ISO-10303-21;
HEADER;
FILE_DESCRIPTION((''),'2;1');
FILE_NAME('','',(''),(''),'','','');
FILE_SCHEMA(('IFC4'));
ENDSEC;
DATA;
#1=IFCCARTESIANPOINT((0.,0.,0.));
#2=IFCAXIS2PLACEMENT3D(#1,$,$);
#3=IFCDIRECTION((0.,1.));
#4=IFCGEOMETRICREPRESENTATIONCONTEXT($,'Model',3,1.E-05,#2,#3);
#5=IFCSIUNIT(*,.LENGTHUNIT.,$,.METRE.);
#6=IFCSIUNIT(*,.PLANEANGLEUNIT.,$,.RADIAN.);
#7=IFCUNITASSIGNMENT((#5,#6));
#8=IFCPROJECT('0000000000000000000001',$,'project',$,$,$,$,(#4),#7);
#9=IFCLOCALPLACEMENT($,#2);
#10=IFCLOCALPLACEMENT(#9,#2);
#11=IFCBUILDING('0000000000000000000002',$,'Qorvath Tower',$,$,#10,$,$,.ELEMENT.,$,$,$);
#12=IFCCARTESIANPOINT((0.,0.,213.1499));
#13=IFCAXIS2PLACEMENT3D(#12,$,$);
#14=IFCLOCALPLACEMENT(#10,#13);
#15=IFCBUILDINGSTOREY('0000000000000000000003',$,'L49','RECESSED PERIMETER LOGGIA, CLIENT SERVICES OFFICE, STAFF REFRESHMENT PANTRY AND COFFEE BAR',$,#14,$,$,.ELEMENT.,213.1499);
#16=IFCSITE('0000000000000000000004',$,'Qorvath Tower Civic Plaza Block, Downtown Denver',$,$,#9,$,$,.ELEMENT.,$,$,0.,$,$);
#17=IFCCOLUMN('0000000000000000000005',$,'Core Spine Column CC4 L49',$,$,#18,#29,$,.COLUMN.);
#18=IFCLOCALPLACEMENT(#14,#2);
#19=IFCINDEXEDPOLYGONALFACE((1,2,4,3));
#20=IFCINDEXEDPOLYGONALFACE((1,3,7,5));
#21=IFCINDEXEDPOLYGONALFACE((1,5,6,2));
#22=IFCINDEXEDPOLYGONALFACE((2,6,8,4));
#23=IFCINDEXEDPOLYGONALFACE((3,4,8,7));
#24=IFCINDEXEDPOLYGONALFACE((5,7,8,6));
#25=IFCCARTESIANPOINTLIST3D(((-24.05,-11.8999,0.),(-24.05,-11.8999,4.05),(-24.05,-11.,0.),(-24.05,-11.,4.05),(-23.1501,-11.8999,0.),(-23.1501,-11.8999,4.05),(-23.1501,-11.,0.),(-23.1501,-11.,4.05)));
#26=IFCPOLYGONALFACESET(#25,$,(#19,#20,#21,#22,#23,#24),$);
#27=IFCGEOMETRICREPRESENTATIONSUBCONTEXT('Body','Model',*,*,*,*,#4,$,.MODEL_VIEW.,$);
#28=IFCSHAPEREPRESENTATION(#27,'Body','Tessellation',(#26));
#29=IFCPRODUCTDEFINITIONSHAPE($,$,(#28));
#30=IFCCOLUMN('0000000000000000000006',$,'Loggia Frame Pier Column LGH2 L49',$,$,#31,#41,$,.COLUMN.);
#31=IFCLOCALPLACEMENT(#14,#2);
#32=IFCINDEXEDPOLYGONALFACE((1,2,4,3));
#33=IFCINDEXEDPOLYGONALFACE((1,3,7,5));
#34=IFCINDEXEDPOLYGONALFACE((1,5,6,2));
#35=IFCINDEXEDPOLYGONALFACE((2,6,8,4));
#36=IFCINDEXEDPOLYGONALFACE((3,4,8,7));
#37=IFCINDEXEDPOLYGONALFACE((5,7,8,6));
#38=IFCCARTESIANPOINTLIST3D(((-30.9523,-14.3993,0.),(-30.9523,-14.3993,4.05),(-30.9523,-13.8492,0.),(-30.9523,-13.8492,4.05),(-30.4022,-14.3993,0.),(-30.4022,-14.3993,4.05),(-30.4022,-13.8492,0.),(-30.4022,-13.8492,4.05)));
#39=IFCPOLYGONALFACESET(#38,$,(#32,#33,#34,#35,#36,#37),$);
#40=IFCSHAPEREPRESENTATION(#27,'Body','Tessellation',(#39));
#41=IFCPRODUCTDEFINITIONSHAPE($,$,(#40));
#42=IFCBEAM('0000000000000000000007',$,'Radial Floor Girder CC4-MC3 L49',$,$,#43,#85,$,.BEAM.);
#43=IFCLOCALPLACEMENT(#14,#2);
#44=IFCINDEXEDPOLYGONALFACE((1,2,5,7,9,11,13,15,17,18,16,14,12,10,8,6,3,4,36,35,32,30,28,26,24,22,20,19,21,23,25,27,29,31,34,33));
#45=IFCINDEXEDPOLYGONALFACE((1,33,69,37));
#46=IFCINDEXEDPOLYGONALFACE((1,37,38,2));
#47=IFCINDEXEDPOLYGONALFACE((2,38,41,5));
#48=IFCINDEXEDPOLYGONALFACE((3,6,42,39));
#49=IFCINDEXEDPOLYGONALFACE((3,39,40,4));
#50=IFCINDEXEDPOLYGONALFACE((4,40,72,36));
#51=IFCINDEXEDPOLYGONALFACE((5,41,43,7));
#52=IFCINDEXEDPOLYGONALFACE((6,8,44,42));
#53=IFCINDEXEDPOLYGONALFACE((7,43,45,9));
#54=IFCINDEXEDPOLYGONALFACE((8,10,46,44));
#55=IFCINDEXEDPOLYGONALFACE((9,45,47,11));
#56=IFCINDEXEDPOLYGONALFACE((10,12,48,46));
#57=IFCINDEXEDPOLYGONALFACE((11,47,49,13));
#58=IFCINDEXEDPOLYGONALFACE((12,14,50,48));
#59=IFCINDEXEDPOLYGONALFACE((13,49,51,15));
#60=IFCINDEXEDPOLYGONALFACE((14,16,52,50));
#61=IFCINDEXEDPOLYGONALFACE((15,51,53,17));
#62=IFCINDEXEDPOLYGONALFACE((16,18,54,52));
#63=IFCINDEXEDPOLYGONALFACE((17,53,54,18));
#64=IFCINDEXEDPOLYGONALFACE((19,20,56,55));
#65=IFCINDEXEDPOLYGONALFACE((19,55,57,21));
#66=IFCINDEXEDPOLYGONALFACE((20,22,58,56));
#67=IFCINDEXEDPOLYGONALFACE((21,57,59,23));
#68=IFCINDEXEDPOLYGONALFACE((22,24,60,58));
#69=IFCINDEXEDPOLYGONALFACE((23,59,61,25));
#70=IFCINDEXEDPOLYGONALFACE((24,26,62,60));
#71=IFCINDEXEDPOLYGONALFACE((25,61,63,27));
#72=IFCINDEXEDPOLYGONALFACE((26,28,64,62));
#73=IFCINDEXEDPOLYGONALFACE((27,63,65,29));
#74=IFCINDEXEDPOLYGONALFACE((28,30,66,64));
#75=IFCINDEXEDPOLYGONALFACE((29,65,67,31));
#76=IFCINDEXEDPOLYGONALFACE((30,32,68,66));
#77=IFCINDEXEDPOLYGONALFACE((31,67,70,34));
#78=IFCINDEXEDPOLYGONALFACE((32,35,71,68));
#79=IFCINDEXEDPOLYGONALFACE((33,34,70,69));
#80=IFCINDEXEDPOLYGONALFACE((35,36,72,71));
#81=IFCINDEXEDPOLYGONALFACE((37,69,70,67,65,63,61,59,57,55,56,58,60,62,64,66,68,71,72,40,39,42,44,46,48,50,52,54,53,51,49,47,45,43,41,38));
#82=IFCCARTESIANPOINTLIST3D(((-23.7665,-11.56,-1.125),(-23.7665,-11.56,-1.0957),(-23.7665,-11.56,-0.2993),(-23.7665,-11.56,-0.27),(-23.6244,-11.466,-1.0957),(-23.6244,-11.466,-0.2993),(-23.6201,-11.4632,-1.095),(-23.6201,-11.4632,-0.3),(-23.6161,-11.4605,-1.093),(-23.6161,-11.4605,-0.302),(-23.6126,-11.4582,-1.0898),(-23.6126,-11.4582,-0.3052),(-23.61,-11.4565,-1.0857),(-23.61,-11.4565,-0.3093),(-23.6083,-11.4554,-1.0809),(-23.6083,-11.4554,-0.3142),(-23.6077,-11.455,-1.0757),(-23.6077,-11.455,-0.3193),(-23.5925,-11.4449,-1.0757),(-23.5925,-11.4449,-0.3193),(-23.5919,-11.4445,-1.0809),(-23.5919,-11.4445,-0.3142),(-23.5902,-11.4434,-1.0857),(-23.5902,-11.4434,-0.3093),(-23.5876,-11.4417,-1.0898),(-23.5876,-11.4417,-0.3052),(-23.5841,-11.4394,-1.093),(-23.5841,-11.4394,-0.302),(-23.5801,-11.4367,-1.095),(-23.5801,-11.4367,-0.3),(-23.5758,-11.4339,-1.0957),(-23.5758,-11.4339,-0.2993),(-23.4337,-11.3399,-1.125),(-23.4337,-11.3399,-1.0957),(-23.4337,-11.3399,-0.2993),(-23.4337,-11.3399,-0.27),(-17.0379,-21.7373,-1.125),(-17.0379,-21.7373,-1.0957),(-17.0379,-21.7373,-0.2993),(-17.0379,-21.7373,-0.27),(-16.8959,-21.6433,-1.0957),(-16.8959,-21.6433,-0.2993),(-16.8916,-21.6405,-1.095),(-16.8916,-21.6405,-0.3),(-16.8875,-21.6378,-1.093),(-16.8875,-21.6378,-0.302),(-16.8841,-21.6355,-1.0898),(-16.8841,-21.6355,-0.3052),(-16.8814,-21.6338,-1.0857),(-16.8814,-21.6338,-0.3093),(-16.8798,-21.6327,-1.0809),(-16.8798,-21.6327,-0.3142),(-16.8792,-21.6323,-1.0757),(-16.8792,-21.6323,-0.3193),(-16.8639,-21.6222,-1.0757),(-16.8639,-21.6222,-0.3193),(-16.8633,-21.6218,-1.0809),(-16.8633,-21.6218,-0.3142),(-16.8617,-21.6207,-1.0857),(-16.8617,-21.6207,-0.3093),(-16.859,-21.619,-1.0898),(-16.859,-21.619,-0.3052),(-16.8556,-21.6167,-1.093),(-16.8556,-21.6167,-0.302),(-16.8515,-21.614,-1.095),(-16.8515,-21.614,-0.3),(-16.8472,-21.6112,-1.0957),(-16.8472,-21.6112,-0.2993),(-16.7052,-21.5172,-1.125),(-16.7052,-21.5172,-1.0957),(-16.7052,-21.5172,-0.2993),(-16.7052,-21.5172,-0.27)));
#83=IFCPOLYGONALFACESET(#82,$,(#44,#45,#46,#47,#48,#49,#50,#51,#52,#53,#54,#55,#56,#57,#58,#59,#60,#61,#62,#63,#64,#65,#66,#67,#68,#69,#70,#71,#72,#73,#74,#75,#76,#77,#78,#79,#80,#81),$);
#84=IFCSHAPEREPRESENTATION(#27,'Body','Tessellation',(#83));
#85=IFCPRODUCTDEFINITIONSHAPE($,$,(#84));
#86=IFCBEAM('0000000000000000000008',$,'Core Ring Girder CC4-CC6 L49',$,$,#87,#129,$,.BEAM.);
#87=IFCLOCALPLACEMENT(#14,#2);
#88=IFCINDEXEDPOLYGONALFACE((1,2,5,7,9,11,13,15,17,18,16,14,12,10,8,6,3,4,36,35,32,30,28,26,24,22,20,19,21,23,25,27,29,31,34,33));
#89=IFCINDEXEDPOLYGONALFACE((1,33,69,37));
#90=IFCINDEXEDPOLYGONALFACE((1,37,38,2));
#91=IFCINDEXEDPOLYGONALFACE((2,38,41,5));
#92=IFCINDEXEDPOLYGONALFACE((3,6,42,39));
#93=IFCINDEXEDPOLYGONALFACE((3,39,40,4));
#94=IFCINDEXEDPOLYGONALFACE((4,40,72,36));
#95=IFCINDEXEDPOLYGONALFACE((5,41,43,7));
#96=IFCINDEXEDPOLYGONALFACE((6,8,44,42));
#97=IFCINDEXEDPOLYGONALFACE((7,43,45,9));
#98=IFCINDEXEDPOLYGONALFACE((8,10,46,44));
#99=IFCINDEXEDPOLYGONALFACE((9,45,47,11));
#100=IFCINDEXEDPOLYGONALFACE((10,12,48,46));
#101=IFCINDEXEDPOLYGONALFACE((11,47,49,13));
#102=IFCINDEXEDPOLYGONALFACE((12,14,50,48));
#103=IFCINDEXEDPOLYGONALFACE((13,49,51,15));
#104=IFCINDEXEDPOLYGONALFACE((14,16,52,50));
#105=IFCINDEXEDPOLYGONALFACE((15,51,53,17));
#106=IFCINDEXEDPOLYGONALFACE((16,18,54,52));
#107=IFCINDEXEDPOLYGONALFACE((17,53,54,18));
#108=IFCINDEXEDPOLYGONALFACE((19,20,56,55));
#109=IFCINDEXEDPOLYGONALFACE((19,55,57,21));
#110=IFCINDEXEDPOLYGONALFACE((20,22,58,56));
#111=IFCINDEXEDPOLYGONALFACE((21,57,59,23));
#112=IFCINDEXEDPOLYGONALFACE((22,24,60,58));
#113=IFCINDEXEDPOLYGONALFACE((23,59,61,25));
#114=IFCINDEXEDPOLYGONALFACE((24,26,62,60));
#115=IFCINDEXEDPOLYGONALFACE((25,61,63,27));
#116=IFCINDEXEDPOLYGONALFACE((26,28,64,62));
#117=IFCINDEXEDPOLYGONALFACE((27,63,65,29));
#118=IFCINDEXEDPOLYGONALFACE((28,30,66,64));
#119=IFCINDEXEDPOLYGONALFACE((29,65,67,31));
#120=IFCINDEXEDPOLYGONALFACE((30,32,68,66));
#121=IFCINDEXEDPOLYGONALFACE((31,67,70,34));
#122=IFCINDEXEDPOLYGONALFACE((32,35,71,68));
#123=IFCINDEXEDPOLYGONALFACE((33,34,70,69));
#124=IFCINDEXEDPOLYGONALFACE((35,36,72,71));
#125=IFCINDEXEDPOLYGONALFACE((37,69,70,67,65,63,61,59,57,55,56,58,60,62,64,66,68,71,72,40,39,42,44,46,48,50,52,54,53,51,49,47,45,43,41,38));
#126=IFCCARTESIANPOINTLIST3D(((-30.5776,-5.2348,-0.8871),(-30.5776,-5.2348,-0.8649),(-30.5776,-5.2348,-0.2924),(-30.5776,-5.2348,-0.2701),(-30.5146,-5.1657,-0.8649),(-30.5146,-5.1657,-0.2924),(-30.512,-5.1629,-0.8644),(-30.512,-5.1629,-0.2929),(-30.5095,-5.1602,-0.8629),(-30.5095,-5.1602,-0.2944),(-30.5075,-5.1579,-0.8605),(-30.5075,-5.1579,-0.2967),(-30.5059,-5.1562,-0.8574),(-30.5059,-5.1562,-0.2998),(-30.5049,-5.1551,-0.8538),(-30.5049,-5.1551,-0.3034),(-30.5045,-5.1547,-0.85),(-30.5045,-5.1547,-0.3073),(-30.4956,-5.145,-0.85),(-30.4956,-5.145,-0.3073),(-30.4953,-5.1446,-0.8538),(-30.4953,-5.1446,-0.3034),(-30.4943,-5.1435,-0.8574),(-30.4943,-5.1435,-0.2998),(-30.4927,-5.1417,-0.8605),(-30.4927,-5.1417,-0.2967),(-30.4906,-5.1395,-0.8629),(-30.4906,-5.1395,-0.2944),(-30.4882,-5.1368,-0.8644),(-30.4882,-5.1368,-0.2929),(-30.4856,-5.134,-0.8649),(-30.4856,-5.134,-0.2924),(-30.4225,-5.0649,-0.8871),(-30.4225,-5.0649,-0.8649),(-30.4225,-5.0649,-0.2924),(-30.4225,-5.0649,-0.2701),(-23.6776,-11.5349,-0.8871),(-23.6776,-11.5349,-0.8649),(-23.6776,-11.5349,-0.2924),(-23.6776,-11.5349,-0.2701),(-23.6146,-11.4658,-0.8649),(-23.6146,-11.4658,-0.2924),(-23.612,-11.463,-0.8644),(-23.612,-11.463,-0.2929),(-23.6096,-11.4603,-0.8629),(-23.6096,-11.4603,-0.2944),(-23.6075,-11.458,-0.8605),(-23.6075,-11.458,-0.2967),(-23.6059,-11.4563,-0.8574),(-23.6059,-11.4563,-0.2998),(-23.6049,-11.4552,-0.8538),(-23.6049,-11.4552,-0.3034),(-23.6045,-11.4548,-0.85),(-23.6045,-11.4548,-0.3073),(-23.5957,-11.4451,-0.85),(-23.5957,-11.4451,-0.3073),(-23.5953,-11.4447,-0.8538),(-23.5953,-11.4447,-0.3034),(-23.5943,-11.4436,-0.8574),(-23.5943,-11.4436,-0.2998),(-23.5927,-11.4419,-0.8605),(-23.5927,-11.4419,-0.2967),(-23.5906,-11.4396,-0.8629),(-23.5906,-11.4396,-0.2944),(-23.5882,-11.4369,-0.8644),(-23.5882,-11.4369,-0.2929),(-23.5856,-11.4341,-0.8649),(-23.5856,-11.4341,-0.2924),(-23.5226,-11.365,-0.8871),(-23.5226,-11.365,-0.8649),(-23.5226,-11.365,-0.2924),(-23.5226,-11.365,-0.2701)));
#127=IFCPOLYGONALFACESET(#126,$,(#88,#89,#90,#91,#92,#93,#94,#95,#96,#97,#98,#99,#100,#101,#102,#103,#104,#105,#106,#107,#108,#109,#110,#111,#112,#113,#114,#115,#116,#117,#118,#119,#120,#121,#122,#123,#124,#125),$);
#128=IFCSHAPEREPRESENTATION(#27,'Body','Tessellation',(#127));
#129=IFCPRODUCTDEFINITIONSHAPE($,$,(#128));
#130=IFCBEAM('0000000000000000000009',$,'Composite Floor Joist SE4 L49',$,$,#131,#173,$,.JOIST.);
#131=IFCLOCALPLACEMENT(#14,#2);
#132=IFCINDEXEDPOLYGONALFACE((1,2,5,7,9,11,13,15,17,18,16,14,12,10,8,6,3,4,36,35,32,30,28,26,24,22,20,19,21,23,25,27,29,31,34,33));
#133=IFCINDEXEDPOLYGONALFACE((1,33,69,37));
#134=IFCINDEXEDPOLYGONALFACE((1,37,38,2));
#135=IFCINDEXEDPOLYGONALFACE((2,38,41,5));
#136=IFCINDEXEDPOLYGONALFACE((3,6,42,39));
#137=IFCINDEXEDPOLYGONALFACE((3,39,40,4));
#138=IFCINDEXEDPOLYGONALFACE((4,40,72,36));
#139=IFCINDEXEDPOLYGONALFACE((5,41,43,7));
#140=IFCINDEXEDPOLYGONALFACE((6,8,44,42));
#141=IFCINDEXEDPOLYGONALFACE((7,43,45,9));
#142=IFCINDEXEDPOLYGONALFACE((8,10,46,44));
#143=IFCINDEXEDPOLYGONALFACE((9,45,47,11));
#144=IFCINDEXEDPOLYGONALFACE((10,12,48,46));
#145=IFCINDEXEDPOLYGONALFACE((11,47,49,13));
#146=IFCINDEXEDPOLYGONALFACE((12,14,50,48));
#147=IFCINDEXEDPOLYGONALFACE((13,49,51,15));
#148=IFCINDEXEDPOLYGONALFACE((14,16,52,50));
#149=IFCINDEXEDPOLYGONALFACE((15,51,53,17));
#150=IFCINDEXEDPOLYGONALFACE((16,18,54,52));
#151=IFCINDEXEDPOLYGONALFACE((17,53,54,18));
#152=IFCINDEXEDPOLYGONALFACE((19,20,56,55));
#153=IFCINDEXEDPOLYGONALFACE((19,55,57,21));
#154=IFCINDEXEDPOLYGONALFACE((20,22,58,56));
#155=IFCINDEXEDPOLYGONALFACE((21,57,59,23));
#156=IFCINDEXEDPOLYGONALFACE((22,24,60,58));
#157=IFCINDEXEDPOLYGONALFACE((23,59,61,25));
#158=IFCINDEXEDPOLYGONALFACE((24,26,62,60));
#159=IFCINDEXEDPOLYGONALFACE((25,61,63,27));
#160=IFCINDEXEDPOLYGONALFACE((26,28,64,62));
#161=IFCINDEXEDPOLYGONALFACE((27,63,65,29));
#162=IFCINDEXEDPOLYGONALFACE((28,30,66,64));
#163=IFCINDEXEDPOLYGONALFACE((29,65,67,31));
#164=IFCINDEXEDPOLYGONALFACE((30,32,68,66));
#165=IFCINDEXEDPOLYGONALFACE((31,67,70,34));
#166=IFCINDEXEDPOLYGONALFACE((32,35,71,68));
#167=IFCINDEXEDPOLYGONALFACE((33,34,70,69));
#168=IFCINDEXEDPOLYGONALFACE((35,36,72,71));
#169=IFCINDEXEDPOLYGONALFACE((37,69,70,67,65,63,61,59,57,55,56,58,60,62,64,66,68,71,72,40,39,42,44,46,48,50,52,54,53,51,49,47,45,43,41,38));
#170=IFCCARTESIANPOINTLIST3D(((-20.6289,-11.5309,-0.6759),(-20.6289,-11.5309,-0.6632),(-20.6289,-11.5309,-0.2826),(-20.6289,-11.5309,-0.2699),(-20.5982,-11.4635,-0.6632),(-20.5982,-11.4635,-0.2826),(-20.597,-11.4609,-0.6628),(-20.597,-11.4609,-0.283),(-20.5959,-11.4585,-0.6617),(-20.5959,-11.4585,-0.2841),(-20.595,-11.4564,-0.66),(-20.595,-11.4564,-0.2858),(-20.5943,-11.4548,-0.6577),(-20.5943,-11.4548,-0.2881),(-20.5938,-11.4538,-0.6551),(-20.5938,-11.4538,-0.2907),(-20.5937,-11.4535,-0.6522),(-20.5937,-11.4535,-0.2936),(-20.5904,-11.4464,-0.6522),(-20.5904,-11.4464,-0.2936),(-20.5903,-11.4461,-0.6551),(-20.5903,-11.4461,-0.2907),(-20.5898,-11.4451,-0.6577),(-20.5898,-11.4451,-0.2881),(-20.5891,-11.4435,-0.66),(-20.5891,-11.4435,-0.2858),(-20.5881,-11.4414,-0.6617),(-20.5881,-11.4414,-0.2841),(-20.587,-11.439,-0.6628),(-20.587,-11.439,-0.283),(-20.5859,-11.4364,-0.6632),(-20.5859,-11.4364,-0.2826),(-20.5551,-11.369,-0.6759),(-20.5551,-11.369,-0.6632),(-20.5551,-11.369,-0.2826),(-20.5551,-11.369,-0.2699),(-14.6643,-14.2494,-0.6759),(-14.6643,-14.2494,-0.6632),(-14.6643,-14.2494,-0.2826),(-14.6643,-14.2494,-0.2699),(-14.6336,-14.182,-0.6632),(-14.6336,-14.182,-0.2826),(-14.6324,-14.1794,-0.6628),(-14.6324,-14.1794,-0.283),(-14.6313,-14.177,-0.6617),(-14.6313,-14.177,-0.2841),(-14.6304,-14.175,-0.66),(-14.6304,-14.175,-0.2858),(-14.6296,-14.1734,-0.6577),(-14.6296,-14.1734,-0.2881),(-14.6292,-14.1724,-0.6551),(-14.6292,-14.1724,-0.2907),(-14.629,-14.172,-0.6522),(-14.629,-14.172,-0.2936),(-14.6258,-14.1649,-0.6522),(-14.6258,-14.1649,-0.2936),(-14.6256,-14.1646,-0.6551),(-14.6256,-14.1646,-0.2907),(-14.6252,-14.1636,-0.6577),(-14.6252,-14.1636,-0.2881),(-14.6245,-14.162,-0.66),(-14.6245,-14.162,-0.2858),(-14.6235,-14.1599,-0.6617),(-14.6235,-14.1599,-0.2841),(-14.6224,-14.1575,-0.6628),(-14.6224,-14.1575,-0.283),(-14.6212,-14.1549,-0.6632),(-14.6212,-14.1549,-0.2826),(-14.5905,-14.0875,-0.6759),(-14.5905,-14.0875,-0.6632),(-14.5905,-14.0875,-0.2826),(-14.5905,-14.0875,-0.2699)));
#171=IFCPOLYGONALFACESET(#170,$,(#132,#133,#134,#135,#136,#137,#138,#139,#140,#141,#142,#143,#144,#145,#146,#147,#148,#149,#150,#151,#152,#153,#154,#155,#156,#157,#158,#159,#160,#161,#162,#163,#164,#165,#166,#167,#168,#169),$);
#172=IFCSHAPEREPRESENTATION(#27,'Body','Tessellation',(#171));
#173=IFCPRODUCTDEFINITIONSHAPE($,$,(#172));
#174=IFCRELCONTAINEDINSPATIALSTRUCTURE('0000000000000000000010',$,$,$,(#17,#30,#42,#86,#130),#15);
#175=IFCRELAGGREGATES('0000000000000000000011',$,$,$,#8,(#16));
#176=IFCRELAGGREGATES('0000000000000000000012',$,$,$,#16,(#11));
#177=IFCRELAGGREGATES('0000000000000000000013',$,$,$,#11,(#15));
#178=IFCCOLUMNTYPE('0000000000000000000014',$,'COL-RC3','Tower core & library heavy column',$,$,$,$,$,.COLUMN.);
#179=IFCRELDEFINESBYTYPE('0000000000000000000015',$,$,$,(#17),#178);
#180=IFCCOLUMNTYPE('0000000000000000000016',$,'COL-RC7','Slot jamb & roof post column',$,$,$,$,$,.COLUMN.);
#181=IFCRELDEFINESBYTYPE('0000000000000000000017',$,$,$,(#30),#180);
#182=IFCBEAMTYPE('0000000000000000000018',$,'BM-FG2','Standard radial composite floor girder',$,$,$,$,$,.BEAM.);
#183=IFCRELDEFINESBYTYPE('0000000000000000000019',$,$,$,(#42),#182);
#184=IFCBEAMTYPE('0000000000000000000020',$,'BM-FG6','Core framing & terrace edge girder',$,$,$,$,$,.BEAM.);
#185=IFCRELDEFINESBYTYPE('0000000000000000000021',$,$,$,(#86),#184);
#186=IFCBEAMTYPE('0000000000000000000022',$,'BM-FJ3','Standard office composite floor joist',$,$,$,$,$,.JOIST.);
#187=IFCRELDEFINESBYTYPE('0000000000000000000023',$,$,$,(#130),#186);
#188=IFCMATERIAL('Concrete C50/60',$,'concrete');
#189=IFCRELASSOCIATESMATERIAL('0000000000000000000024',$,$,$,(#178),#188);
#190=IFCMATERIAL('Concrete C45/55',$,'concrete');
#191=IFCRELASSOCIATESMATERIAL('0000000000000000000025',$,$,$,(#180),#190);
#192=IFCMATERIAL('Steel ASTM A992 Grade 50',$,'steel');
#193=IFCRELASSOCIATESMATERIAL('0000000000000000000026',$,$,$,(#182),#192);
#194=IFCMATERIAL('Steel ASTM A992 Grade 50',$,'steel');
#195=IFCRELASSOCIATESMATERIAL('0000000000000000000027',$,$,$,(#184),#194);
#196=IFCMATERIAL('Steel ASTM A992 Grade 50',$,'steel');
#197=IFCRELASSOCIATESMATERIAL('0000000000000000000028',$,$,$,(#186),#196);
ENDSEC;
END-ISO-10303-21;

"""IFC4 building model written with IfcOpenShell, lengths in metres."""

from ifc_helpers import new_model, si_unit, direction, frame, origin, origin_2d, place, context, subcontext, project, spatial, rectangle, i_section, extrude, material, material_profile, profile_set, type_object, element, save


model = new_model("IFC4")

# Units and contexts
model_context = context("Model", 3, precision=1e-05, world=origin(), true_north=direction((0.0, 1.0)))
body_context = subcontext(model_context, "Body", "Model", "MODEL_VIEW")
ifc_project = project(units=[si_unit("LENGTHUNIT", "METRE"), si_unit("PLANEANGLEUNIT", "RADIAN")], contexts=[model_context])

# Site, building, storey
site_placement = place(None, origin())
site = spatial("IfcSite", under=ifc_project, at=site_placement, Name="Qorvath Tower Civic Plaza Block, Downtown Denver", CompositionType="ELEMENT", RefElevation=0.0)
building_placement = place(site_placement, origin())
building = spatial("IfcBuilding", under=site, at=building_placement, Name="Qorvath Tower", CompositionType="ELEMENT")
storey_placement = place(building_placement, frame((0.0, 0.0, 213.1499)))
storey = spatial("IfcBuildingStorey", under=building, at=storey_placement, Name="L49", Description="RECESSED PERIMETER LOGGIA, CLIENT SERVICES OFFICE, STAFF REFRESHMENT PANTRY AND COFFEE BAR", CompositionType="ELEMENT", Elevation=213.1499)

# Columns
ifc_material_1 = material(Name="Concrete C50/60", Category="concrete")
ifc_material_profile_1 = material_profile(ifc_material_1, rectangle(XDim=0.8999, YDim=0.8999, at=origin_2d()), Name="RC 900x900")
ifc_profile_set_1 = profile_set([ifc_material_profile_1], Name="Concrete C50/60")
column_type_1 = type_object("IfcColumnType", Name="COL-RC3", Description="Tower core & library heavy column", PredefinedType="COLUMN", material=ifc_profile_set_1)
column_1_placement = place(storey_placement, frame((-23.6001, -11.45, 0.0), z_axis=(0.0, 0.0, 1.0), x_axis=(1.0, 0.0, 0.0)))
element("IfcColumn", 1, at=column_1_placement, inside=storey, type_object=column_type_1, Name="Core Spine Column CC4 L49", PredefinedType="COLUMN", context=body_context, shape_type="SweptSolid", body=[
    extrude(rectangle(XDim=0.8999, YDim=0.8999, at=origin_2d()), origin(), (0.0, 0.0, 1.0), 4.05),
])
ifc_material_2 = material(Name="Concrete C45/55", Category="concrete")
ifc_material_profile_2 = material_profile(ifc_material_2, rectangle(XDim=0.55, YDim=0.55, at=origin_2d()), Name="RC 550x550")
ifc_profile_set_2 = profile_set([ifc_material_profile_2], Name="Concrete C45/55")
column_type_2 = type_object("IfcColumnType", Name="COL-RC7", Description="Slot jamb & roof post column", PredefinedType="COLUMN", material=ifc_profile_set_2)
column_2_placement = place(storey_placement, frame((-30.6772, -14.1243, 0.0), z_axis=(0.0, 0.0, 1.0), x_axis=(1.0, 0.0, 0.0)))
element("IfcColumn", 2, at=column_2_placement, inside=storey, type_object=column_type_2, Name="Loggia Frame Pier Column LGH2 L49", PredefinedType="COLUMN", context=body_context, shape_type="SweptSolid", body=[
    extrude(rectangle(XDim=0.55, YDim=0.55, at=origin_2d()), origin(), (0.0, 0.0, 1.0), 4.05),
])

# Beams
ifc_material_3 = material(Name="Steel ASTM A992 Grade 50", Category="steel")
ifc_material_profile_3 = material_profile(ifc_material_3, i_section(OverallWidth=0.3989, OverallDepth=0.855, WebThickness=0.0183, FlangeThickness=0.0293, FilletRadius=0.02, at=origin_2d()), Name="W33x201")
ifc_profile_set_3 = profile_set([ifc_material_profile_3], Name="Steel ASTM A992 Grade 50")
beam_type_1 = type_object("IfcBeamType", Name="BM-FG2", Description="Standard radial composite floor girder", PredefinedType="BEAM", material=ifc_profile_set_3)
beam_1_placement = place(storey_placement, frame((-23.6001, -11.45, -0.6975), z_axis=(0.551501, -0.834175, 0.0), x_axis=(0.834175, 0.551501, 0.0)))
element("IfcBeam", 3, at=beam_1_placement, inside=storey, type_object=beam_type_1, Name="Radial Floor Girder CC4-MC3 L49", PredefinedType="BEAM", context=body_context, shape_type="SweptSolid", body=[
    extrude(i_section(OverallWidth=0.3989, OverallDepth=0.855, WebThickness=0.0183, FlangeThickness=0.0293, FilletRadius=0.02, at=origin_2d()), origin(), (0.0, 0.0, 1.0), 12.2004),
])
ifc_material_4 = material(Name="Steel ASTM A992 Grade 50", Category="steel")
ifc_material_profile_4 = material_profile(ifc_material_4, i_section(OverallWidth=0.23, OverallDepth=0.6169, WebThickness=0.0132, FlangeThickness=0.0222, FilletRadius=0.0149, at=origin_2d()), Name="W24x94")
ifc_profile_set_4 = profile_set([ifc_material_profile_4], Name="Steel ASTM A992 Grade 50")
beam_type_2 = type_object("IfcBeamType", Name="BM-FG6", Description="Core framing & terrace edge girder", PredefinedType="BEAM", material=ifc_profile_set_4)
beam_2_placement = place(storey_placement, frame((-23.6001, -11.45, -0.5786), z_axis=(-0.738478, 0.674277, 0.0), x_axis=(-0.674277, -0.738478, 0.0)))
element("IfcBeam", 4, at=beam_2_placement, inside=storey, type_object=beam_type_2, Name="Core Ring Girder CC4-CC6 L49", PredefinedType="BEAM", context=body_context, shape_type="SweptSolid", body=[
    extrude(i_section(OverallWidth=0.23, OverallDepth=0.6169, WebThickness=0.0132, FlangeThickness=0.0222, FilletRadius=0.0149, at=origin_2d()), origin(), (0.0, 0.0, 1.0), 9.3435),
])
ifc_material_5 = material(Name="Steel ASTM A992 Grade 50", Category="steel")
ifc_material_profile_5 = material_profile(ifc_material_5, i_section(OverallWidth=0.178, OverallDepth=0.406, WebThickness=0.0078, FlangeThickness=0.0127, FilletRadius=0.011, at=origin_2d()), Name="W16x40")
ifc_profile_set_5 = profile_set([ifc_material_profile_5], Name="Steel ASTM A992 Grade 50")
beam_type_3 = type_object("IfcBeamType", Name="BM-FJ3", Description="Standard office composite floor joist", PredefinedType="JOIST", material=ifc_profile_set_5)
beam_3_placement = place(storey_placement, frame((-20.592, -11.45, -0.4729), z_axis=(0.909945, -0.414729, 0.0), x_axis=(0.414729, 0.909945, 0.0)))
element("IfcBeam", 5, at=beam_3_placement, inside=storey, type_object=beam_type_3, Name="Composite Floor Joist SE4 L49", PredefinedType="JOIST", context=body_context, shape_type="SweptSolid", body=[
    extrude(i_section(OverallWidth=0.178, OverallDepth=0.406, WebThickness=0.0078, FlangeThickness=0.0127, FilletRadius=0.011, at=origin_2d()), origin(), (0.0, 0.0, 1.0), 6.5549),
])

save(model, "model.ifc")
